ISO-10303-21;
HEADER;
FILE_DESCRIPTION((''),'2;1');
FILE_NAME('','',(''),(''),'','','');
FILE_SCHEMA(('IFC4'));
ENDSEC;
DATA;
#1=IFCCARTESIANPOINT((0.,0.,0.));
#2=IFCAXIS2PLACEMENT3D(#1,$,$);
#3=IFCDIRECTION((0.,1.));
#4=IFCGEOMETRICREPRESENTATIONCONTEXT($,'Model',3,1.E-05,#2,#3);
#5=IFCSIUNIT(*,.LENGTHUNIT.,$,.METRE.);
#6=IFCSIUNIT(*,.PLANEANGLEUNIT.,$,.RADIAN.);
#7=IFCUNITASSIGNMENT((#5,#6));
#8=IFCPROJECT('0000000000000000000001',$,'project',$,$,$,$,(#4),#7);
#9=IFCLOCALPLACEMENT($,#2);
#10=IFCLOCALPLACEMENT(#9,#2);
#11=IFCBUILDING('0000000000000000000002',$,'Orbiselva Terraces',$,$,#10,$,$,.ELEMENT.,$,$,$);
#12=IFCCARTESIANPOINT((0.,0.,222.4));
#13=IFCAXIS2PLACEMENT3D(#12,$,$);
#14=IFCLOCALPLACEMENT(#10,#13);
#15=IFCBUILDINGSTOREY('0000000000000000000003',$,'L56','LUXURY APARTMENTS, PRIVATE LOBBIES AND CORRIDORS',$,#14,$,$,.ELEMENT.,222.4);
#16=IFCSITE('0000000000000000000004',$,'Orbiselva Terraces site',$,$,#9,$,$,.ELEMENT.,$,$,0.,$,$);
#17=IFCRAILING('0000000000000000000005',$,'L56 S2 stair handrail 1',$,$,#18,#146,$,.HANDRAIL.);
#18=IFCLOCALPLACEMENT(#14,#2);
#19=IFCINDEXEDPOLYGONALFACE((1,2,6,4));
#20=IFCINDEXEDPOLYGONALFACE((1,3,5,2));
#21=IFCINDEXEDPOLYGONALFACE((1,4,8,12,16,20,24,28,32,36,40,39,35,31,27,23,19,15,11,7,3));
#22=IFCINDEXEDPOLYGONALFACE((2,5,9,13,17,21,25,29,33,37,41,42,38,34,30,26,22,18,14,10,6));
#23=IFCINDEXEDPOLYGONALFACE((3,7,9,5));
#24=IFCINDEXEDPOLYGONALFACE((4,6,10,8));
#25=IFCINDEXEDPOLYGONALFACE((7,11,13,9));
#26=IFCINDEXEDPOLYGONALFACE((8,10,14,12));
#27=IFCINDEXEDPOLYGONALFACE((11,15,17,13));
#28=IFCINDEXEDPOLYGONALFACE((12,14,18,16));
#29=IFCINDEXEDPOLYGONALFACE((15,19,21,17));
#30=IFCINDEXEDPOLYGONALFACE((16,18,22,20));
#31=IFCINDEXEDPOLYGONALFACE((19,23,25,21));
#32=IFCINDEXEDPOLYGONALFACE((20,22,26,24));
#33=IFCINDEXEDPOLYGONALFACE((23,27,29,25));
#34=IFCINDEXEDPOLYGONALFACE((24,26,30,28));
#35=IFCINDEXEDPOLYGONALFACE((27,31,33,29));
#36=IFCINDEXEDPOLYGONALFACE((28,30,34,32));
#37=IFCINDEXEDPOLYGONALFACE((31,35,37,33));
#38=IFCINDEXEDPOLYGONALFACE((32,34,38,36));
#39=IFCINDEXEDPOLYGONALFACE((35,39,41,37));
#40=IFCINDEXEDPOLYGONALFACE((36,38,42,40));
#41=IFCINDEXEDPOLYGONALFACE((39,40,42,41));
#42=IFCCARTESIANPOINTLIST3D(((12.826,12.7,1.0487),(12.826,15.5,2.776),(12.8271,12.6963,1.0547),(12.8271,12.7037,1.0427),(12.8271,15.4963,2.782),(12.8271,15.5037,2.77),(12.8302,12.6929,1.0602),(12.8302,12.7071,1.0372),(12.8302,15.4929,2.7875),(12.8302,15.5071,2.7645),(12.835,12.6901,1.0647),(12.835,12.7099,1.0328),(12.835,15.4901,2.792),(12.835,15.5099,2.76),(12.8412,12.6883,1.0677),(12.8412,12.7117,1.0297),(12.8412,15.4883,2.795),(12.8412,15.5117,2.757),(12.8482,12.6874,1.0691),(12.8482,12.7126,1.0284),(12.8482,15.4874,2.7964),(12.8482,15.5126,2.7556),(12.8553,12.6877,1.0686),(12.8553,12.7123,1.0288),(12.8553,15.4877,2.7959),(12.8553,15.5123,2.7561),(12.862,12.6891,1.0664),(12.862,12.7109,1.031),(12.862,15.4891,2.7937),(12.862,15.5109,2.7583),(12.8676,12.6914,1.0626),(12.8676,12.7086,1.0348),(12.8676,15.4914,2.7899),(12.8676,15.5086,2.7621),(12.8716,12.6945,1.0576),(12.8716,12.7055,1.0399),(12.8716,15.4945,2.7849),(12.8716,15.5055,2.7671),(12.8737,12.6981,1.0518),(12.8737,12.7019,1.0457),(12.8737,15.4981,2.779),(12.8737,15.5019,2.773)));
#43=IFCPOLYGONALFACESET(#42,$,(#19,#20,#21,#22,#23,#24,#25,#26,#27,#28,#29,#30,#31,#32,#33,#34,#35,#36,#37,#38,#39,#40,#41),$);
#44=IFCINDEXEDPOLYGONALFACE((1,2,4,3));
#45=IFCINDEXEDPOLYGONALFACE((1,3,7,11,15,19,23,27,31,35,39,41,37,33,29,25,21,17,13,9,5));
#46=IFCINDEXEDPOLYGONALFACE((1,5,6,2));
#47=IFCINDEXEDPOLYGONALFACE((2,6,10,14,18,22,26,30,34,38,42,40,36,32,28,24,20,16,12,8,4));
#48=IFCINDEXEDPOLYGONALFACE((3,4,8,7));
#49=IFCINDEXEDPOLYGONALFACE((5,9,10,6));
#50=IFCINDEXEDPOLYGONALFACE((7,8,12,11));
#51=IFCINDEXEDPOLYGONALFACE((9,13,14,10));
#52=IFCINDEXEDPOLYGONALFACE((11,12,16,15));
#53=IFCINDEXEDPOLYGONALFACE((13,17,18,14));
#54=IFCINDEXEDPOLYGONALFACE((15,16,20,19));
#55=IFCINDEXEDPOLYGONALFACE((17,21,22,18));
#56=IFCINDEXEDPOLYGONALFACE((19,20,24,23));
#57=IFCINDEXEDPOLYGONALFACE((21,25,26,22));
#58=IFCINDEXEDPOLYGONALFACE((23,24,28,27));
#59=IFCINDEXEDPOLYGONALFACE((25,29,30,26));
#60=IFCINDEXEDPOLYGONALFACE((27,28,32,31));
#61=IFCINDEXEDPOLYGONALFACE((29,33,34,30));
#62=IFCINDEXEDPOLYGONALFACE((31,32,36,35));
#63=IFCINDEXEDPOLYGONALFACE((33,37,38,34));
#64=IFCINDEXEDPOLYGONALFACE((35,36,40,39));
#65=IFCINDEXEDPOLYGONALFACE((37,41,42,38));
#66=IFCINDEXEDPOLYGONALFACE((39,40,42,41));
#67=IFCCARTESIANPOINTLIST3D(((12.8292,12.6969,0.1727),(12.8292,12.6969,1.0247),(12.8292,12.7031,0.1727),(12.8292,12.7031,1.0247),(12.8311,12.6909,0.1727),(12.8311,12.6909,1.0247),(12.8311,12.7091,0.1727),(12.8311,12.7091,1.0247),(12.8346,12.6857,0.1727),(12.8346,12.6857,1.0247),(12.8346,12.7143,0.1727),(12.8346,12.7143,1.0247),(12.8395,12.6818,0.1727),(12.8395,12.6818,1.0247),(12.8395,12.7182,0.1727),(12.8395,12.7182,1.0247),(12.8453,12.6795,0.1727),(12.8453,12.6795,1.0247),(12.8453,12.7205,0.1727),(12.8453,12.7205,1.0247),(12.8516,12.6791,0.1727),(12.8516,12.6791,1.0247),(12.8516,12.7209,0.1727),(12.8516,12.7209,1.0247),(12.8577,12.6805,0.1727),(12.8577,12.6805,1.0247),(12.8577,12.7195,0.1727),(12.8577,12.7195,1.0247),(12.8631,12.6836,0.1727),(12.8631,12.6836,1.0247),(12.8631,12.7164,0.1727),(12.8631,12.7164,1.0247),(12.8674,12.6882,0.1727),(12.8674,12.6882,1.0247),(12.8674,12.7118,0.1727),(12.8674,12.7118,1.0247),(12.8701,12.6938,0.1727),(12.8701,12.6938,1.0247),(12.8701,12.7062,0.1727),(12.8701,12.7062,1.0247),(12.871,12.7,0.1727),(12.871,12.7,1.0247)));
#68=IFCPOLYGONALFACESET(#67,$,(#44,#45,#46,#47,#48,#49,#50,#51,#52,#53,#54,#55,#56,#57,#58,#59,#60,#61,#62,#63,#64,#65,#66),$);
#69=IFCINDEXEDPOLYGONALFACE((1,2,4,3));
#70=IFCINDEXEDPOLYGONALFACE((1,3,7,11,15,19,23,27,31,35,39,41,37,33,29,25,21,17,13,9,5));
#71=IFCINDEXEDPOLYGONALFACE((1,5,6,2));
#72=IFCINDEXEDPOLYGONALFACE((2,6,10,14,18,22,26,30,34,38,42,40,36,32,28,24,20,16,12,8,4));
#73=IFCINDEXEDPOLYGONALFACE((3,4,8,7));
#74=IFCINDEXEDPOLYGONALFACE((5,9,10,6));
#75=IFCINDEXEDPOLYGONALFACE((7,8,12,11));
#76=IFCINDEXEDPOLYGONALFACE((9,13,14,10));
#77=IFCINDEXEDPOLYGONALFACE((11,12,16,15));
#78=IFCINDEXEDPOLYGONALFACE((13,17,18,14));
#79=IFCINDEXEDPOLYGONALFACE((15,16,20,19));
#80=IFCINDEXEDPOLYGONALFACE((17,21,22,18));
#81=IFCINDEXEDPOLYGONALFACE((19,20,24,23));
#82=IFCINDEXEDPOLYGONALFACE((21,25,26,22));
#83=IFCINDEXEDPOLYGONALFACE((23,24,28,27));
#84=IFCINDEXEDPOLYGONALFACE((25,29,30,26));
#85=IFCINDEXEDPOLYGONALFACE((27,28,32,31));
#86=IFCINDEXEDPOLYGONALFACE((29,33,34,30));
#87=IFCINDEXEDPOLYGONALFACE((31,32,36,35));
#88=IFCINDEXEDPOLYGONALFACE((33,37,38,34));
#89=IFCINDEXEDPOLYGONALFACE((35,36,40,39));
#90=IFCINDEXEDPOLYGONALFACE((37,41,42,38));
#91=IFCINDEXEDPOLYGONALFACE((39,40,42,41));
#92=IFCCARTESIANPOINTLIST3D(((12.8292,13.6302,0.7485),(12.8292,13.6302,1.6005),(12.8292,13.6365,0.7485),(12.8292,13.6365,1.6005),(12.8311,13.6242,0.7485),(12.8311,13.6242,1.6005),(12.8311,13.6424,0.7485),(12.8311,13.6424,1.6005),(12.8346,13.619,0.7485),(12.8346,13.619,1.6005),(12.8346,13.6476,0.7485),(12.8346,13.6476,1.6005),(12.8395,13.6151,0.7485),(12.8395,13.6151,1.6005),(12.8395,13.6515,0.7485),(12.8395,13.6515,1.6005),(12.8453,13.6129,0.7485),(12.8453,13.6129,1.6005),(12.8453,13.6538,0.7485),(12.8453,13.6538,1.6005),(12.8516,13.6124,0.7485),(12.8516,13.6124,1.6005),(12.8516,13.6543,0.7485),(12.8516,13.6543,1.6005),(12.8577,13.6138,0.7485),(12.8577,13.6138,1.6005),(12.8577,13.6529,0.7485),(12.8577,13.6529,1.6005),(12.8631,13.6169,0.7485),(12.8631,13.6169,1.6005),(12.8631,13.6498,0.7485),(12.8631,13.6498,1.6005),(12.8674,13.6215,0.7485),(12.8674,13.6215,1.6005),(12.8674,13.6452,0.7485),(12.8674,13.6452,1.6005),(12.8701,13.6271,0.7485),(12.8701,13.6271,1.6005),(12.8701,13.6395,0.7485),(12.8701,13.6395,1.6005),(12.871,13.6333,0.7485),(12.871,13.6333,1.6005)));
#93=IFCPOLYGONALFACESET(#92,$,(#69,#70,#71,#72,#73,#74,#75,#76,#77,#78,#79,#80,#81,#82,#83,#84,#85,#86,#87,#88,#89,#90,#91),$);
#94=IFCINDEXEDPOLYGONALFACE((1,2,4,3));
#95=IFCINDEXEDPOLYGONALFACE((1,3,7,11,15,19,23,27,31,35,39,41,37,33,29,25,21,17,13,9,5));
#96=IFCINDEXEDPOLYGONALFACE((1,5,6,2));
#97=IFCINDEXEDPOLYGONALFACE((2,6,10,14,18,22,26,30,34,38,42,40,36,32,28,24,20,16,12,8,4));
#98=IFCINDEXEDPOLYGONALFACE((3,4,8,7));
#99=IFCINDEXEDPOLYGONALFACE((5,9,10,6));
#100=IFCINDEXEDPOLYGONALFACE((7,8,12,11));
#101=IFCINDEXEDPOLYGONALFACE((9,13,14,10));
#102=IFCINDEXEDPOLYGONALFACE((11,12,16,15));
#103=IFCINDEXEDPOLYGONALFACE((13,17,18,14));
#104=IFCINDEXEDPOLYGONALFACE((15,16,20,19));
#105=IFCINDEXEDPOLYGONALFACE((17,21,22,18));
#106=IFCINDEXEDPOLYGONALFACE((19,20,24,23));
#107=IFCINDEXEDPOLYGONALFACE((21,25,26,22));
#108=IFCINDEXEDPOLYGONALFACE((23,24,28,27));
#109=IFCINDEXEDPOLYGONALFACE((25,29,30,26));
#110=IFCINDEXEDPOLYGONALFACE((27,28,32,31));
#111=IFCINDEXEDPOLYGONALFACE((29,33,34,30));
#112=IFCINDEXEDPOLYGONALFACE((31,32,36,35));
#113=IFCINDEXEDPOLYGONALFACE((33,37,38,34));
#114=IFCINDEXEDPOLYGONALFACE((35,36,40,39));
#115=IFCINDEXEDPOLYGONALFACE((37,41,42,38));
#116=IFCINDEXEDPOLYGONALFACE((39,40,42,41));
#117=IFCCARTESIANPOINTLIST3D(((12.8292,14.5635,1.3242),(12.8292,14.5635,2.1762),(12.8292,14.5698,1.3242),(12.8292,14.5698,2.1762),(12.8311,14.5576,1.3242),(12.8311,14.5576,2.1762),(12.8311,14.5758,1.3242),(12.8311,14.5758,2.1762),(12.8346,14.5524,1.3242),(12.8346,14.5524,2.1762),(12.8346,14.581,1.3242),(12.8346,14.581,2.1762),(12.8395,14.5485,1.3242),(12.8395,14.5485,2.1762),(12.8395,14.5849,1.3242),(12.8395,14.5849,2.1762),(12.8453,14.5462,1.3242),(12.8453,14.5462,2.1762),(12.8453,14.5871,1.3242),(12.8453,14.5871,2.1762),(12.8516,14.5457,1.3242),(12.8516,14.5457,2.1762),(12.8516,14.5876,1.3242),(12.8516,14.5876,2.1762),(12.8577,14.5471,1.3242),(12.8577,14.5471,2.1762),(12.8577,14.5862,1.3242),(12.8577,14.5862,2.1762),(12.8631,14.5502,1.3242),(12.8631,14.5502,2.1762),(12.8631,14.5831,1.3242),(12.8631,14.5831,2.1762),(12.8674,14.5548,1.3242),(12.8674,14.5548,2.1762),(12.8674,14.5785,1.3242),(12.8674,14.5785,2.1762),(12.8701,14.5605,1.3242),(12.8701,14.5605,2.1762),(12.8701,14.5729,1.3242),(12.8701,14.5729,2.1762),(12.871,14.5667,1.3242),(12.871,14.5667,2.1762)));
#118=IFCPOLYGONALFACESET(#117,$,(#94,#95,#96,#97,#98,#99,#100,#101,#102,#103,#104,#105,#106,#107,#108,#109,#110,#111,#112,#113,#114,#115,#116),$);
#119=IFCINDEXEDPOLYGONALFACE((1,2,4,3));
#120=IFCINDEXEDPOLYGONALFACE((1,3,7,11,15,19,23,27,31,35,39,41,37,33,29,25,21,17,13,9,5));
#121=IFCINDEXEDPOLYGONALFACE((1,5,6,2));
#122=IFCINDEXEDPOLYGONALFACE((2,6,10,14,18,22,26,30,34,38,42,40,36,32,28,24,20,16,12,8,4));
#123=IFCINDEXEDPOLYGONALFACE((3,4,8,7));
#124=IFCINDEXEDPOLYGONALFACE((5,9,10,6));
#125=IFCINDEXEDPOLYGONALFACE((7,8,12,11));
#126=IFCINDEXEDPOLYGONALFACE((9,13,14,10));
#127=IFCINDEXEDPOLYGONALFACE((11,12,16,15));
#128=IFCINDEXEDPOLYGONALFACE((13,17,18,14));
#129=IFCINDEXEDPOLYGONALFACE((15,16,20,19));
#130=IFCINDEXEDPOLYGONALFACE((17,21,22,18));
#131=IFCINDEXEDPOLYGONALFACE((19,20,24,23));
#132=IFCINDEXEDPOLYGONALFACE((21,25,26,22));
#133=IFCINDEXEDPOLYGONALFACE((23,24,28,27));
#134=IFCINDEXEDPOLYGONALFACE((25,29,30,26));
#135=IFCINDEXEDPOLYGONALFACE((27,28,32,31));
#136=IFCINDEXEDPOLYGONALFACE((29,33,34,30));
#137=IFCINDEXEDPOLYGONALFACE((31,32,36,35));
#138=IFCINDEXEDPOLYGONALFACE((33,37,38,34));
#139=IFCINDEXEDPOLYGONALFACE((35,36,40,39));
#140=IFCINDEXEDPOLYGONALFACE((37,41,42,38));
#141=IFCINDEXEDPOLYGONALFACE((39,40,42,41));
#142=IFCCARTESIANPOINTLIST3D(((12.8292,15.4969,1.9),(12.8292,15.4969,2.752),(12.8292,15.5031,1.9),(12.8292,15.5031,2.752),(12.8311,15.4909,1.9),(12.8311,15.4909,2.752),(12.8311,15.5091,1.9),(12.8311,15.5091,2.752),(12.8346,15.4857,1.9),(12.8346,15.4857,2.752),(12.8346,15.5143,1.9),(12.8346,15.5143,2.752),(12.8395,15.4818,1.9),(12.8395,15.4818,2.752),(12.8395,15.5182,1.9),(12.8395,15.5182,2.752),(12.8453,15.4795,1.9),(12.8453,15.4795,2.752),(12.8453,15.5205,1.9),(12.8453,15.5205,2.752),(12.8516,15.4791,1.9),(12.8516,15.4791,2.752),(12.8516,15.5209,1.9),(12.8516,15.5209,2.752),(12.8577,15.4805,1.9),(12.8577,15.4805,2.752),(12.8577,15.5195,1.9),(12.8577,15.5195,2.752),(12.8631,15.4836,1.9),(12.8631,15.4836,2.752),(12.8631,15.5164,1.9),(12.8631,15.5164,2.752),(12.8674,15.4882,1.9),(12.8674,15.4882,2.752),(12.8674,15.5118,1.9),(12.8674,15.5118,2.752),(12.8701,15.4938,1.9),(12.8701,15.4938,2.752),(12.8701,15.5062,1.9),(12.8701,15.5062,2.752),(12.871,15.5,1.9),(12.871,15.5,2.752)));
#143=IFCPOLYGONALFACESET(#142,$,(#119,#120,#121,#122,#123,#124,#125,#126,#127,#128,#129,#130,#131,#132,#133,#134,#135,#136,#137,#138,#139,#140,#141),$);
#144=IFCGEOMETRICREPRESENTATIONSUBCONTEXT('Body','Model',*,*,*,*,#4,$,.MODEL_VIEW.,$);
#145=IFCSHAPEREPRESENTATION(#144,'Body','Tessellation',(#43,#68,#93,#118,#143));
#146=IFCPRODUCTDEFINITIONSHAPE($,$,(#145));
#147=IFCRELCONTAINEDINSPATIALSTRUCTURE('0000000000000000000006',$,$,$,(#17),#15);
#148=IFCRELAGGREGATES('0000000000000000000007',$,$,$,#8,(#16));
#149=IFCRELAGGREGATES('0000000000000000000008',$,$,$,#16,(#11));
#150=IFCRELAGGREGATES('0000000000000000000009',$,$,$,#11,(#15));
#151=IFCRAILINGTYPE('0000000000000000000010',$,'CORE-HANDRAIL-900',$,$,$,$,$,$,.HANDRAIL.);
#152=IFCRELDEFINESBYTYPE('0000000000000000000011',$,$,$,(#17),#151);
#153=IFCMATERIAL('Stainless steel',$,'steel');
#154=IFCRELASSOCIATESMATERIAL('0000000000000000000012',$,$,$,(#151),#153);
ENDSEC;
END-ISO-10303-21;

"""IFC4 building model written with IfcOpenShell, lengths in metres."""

from ifc_helpers import new_model, si_unit, direction, frame, origin, origin_2d, place, context, subcontext, project, spatial, circle, extrude, material, type_object, element, save


model = new_model("IFC4")

# Units and contexts
model_context = context("Model", 3, precision=1e-05, world=origin(), true_north=direction((0.0, 1.0)))
body_context = subcontext(model_context, "Body", "Model", "MODEL_VIEW")
ifc_project = project(units=[si_unit("LENGTHUNIT", "METRE"), si_unit("PLANEANGLEUNIT", "RADIAN")], contexts=[model_context])

# Site, building, storey
site_placement = place(None, origin())
site = spatial("IfcSite", under=ifc_project, at=site_placement, Name="Orbiselva Terraces site", CompositionType="ELEMENT", RefElevation=0.0)
building_placement = place(site_placement, origin())
building = spatial("IfcBuilding", under=site, at=building_placement, Name="Orbiselva Terraces", CompositionType="ELEMENT")
storey_placement = place(building_placement, frame((0.0, 0.0, 222.4)))
storey = spatial("IfcBuildingStorey", under=building, at=storey_placement, Name="L56", Description="LUXURY APARTMENTS, PRIVATE LOBBIES AND CORRIDORS", CompositionType="ELEMENT", Elevation=222.4)

# Railing
ifc_material_1 = material(Name="Stainless steel", Category="steel")
railing_type = type_object("IfcRailingType", Name="CORE-HANDRAIL-900", PredefinedType="HANDRAIL", material=ifc_material_1)
railing_placement = place(storey_placement, frame((12.85, 12.7, 0.1727)))
element("IfcRailing", 1, at=railing_placement, inside=storey, type_object=railing_type, Name="L56 S2 stair handrail 1", PredefinedType="HANDRAIL", context=body_context, shape_type="SweptSolid", body=[
    extrude(circle(Radius=0.024, at=origin_2d()), frame((0.0, 0.0, 0.876), z_axis=(0.0, 0.851089, 0.525022), x_axis=(-1.0, 0.0, 0.0)), (0.0, 0.0, 1.0), 3.2899),
    extrude(circle(Radius=0.021, at=origin_2d()), origin(), (0.0, 0.0, 1.0), 0.852),
    extrude(circle(Radius=0.021, at=origin_2d()), frame((0.0, 0.9333, 0.5758)), (0.0, 0.0, 1.0), 0.852),
    extrude(circle(Radius=0.021, at=origin_2d()), frame((0.0, 1.8667, 1.1515)), (0.0, 0.0, 1.0), 0.852),
    extrude(circle(Radius=0.021, at=origin_2d()), frame((0.0, 2.8, 1.7273)), (0.0, 0.0, 1.0), 0.852),
])

save(model, "model.ifc")
